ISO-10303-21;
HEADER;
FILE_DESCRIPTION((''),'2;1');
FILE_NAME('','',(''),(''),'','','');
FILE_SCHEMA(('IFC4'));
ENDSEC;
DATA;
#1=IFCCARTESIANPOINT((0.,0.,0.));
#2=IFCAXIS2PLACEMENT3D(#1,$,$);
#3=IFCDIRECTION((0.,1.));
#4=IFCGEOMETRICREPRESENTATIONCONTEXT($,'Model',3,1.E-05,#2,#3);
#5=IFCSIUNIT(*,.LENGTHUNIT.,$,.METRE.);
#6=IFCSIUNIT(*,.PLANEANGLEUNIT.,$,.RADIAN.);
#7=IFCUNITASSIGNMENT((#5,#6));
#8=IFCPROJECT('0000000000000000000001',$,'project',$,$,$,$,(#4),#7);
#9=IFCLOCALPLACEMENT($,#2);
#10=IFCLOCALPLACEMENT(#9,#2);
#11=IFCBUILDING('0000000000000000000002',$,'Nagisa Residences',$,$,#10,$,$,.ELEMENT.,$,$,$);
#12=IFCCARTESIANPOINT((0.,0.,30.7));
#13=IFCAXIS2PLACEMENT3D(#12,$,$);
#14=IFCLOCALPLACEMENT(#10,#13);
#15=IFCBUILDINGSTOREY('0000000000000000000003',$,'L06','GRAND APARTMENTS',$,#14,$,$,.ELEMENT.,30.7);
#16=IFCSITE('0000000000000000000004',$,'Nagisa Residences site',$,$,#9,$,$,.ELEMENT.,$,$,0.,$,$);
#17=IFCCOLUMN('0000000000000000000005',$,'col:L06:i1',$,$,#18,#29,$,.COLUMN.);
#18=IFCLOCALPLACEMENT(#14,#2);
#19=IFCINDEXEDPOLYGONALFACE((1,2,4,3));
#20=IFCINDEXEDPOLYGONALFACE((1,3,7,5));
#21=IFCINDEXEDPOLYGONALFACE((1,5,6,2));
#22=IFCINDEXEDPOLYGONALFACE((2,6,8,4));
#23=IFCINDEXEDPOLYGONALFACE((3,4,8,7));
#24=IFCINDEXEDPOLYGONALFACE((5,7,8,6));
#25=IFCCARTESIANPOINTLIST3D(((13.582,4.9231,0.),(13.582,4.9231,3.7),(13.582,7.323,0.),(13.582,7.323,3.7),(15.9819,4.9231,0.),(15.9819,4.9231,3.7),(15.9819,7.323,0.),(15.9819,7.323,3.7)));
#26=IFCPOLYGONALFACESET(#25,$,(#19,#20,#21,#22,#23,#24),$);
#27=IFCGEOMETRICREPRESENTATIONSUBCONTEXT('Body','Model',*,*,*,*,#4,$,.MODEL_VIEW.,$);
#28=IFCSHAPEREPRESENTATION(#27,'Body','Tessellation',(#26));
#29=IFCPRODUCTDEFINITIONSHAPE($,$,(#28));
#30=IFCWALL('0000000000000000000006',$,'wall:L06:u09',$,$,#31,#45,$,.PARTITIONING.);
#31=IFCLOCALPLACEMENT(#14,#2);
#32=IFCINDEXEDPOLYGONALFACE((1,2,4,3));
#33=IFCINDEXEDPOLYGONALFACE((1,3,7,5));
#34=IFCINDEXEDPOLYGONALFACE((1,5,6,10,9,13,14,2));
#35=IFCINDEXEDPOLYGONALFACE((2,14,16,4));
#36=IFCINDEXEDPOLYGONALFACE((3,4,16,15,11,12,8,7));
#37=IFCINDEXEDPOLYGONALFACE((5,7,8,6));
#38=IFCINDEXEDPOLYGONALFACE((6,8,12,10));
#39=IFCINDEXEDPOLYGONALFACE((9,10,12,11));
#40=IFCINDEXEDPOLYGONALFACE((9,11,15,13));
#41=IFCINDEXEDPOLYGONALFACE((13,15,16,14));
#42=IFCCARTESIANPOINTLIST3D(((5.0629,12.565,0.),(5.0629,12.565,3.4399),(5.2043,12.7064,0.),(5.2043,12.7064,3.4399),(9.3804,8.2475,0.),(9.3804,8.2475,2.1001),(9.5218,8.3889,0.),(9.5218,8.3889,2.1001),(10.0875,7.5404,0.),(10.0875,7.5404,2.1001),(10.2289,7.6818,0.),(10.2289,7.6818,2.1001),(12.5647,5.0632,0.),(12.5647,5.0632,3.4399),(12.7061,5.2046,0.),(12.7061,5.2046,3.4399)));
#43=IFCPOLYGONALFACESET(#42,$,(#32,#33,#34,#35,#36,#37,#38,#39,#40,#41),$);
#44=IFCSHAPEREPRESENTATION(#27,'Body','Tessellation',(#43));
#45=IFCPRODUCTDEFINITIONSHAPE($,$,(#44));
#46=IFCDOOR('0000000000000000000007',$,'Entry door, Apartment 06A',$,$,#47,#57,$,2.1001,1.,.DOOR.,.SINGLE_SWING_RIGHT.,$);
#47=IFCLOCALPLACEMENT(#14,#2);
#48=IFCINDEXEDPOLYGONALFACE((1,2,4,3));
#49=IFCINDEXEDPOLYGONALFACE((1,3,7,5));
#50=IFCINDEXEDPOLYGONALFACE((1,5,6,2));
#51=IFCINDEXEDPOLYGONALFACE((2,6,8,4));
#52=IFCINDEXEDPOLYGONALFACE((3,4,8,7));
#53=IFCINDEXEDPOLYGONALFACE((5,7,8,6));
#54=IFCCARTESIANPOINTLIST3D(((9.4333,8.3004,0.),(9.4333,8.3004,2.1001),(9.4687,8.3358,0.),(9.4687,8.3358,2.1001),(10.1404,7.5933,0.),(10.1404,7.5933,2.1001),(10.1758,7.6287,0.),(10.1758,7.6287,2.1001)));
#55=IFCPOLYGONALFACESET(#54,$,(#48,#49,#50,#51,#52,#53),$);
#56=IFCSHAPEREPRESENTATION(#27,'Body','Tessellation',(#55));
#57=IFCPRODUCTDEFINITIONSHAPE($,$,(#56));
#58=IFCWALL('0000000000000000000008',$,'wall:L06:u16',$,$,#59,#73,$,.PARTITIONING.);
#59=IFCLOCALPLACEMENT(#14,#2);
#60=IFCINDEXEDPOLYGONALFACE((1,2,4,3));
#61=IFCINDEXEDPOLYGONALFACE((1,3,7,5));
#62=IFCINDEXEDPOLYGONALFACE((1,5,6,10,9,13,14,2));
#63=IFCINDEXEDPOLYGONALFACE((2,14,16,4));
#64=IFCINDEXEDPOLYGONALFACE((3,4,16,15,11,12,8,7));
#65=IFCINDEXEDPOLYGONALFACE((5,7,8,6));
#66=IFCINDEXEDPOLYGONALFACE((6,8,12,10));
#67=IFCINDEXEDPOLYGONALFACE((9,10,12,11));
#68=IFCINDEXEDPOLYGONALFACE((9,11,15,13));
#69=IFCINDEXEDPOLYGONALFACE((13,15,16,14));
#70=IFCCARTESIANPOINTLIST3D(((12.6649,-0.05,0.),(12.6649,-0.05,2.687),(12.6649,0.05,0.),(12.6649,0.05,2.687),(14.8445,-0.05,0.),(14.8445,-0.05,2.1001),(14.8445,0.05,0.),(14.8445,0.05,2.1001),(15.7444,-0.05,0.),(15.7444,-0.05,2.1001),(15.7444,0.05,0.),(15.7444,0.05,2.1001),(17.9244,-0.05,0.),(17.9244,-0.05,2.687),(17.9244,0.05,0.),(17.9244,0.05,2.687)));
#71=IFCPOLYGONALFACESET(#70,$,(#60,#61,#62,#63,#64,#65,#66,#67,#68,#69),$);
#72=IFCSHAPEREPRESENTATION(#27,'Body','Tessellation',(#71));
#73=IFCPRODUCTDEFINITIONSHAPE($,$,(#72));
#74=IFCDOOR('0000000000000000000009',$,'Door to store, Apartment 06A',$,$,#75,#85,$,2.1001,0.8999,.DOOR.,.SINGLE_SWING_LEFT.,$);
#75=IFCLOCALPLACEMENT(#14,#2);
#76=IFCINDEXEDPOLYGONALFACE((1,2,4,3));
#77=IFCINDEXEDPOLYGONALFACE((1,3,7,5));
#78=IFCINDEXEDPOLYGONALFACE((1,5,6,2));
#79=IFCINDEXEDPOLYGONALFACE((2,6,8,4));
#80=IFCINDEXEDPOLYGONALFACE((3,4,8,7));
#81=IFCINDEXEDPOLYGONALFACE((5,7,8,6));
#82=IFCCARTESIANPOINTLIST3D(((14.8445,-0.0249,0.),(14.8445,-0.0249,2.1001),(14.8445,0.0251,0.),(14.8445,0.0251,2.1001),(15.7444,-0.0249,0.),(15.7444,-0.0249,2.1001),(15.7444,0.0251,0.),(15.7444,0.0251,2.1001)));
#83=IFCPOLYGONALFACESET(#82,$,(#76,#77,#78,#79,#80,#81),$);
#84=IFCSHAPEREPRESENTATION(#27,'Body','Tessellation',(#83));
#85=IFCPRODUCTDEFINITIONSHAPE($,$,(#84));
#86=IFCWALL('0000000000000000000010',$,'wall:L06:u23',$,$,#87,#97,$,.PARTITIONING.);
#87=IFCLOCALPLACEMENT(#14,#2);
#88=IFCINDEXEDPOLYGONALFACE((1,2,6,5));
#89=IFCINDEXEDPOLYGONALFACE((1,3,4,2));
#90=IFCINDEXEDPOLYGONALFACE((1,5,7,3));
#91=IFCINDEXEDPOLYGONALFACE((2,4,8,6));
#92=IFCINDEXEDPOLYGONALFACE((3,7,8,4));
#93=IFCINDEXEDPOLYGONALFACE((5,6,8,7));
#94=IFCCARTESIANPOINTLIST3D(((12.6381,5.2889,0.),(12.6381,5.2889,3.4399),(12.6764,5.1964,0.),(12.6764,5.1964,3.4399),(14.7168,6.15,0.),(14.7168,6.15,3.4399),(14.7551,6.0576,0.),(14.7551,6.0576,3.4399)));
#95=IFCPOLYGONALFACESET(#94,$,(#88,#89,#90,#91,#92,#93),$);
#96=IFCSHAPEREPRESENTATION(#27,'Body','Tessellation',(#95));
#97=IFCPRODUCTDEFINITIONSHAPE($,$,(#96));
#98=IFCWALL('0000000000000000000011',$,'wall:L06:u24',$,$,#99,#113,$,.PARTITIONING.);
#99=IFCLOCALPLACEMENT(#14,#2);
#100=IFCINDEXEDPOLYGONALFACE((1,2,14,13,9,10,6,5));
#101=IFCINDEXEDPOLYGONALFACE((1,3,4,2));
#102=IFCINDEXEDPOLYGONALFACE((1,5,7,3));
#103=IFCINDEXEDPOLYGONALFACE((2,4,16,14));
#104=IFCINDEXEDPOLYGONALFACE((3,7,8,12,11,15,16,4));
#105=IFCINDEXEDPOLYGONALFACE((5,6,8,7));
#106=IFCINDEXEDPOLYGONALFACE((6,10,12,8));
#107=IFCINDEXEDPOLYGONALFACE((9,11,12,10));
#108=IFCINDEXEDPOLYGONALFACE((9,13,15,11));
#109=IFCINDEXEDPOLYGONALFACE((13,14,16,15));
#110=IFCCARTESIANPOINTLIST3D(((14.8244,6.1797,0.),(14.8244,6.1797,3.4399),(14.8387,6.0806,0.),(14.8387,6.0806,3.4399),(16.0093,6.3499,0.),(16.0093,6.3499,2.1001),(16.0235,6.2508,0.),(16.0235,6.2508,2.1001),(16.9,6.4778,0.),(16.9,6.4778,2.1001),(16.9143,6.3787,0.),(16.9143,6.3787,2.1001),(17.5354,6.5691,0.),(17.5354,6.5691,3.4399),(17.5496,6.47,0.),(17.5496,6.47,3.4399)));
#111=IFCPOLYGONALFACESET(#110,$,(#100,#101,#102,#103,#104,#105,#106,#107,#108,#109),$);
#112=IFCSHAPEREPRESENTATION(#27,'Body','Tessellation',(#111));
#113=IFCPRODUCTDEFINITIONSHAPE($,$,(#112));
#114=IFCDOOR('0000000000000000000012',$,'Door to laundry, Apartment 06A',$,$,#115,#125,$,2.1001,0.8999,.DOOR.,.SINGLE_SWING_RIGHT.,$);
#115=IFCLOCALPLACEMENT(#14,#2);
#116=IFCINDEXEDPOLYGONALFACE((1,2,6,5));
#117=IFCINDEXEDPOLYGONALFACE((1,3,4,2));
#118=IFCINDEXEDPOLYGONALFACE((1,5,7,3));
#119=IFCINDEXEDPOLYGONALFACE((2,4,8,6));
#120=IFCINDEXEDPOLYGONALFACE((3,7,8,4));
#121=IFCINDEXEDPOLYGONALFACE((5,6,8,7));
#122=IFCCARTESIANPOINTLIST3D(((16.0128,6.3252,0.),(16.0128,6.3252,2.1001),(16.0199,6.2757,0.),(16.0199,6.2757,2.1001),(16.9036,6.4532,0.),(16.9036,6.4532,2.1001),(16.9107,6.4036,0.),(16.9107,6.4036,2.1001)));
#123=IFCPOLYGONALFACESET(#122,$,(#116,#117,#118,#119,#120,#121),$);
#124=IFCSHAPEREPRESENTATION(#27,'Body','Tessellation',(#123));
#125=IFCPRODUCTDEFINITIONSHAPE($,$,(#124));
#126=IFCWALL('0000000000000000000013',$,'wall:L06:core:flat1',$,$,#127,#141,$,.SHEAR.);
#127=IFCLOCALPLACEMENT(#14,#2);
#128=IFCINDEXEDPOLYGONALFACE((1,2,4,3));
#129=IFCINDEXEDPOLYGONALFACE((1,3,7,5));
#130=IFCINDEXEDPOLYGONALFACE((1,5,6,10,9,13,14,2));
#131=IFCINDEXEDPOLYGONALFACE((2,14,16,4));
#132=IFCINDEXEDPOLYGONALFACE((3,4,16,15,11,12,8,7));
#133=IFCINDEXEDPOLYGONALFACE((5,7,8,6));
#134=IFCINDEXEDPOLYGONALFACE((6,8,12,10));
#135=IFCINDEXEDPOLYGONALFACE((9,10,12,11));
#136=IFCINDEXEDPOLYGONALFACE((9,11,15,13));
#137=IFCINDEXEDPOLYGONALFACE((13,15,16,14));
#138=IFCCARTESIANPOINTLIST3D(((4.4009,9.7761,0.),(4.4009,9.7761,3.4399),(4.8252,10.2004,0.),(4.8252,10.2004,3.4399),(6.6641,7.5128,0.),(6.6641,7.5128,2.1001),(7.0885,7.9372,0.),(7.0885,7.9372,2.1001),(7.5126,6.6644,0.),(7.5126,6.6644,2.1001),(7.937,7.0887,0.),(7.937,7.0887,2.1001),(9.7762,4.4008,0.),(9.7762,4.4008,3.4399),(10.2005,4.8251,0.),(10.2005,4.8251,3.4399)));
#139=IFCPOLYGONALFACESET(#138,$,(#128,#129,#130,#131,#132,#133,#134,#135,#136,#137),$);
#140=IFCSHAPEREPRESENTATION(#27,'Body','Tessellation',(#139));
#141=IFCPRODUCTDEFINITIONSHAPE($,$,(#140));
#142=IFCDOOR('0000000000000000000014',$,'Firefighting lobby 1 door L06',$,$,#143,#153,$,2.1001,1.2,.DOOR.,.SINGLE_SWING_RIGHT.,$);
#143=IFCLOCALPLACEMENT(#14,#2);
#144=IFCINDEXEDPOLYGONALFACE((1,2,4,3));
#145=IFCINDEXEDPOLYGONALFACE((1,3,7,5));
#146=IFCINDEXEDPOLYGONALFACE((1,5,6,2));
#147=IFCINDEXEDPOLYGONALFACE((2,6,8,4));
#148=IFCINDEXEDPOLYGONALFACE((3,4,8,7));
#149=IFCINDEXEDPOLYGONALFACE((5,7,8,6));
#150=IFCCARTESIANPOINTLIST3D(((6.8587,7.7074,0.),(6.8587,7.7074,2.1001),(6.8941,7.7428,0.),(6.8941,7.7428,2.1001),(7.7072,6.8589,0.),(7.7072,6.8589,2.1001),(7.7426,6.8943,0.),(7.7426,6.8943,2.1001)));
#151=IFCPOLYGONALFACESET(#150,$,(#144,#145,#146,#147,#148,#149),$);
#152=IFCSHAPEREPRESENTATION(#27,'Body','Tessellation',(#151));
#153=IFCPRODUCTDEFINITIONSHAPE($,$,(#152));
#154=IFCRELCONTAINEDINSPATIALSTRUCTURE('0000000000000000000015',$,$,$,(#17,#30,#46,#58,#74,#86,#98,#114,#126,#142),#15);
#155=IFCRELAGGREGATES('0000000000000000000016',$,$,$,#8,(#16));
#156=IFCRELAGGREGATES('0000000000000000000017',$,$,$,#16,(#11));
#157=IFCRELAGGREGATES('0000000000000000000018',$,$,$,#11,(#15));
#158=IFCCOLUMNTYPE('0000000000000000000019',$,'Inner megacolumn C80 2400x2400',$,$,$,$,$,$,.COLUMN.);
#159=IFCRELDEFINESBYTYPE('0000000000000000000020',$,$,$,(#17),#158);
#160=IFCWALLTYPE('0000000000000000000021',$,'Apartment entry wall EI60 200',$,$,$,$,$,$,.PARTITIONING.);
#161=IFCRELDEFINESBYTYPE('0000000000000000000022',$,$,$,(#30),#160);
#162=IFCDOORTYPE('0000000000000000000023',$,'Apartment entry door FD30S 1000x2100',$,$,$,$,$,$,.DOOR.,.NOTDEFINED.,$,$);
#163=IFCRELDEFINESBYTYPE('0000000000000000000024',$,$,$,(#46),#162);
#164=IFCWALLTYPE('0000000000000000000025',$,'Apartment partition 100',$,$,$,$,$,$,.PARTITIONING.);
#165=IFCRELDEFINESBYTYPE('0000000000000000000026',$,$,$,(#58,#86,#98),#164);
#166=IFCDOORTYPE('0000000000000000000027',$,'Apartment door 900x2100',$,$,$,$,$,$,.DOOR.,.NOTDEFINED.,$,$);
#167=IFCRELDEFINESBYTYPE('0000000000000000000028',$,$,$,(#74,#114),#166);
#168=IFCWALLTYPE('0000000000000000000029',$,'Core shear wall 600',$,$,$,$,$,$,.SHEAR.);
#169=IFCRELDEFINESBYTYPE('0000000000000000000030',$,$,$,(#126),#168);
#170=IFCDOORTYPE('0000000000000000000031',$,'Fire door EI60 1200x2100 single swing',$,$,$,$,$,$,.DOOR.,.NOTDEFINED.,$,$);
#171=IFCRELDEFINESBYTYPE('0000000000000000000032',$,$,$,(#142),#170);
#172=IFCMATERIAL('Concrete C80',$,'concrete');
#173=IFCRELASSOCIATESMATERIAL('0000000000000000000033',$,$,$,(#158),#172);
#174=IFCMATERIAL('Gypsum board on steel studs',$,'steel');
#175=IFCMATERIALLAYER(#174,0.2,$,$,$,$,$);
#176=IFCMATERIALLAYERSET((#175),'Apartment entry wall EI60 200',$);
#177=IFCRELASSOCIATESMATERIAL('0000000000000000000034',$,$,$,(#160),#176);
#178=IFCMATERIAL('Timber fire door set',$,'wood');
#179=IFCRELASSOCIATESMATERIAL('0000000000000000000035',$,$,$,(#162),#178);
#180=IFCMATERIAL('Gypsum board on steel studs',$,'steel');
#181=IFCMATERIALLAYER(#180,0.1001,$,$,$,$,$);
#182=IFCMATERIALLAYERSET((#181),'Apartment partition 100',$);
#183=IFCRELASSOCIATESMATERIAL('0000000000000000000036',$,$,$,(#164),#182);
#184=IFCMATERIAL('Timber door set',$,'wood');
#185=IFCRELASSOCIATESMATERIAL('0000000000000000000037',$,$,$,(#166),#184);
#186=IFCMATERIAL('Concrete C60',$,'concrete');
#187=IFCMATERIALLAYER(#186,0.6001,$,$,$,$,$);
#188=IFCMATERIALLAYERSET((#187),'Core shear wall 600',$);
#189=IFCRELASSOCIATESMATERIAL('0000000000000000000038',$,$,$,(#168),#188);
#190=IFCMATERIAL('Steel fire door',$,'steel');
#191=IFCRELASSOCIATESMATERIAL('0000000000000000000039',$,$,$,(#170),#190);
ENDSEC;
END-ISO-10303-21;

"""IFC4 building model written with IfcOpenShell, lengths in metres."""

from ifc_helpers import new_model, si_unit, direction, frame, frame_2d, origin, origin_2d, place, context, subcontext, project, spatial, rectangle, extrude, material, layer, layer_set, material_profile, profile_set, type_object, element, fill, save


model = new_model("IFC4")

# Units and contexts
model_context = context("Model", 3, precision=1e-05, world=origin(), true_north=direction((0.0, 1.0)))
body_context = subcontext(model_context, "Body", "Model", "MODEL_VIEW")
ifc_project = project(units=[si_unit("LENGTHUNIT", "METRE"), si_unit("PLANEANGLEUNIT", "RADIAN")], contexts=[model_context])

# Site, building, storey
site_placement = place(None, origin())
site = spatial("IfcSite", under=ifc_project, at=site_placement, Name="Nagisa Residences site", CompositionType="ELEMENT", RefElevation=0.0)
building_placement = place(site_placement, origin())
building = spatial("IfcBuilding", under=site, at=building_placement, Name="Nagisa Residences", CompositionType="ELEMENT")
storey_placement = place(building_placement, frame((0.0, 0.0, 30.7)))
storey = spatial("IfcBuildingStorey", under=building, at=storey_placement, Name="L06", Description="GRAND APARTMENTS", CompositionType="ELEMENT", Elevation=30.7)

# Column
ifc_material_1 = material(Name="Concrete C80", Category="concrete")
ifc_material_profile = material_profile(ifc_material_1, rectangle(XDim=2.3999, YDim=2.3999, at=origin_2d()), Name="C80 2400x2400")
ifc_profile_set = profile_set([ifc_material_profile], Name="Concrete C80")
column_type = type_object("IfcColumnType", Name="Inner megacolumn C80 2400x2400", PredefinedType="COLUMN", material=ifc_profile_set)
column_placement = place(storey_placement, frame((14.782, 6.123, 0.0), z_axis=(0.0, 0.0, 1.0), x_axis=(1.0, 0.0, 0.0)))
element("IfcColumn", 1, at=column_placement, inside=storey, type_object=column_type, Name="col:L06:i1", PredefinedType="COLUMN", context=body_context, shape_type="SweptSolid", body=[
    extrude(rectangle(XDim=2.3999, YDim=2.3999, at=origin_2d()), origin(), (0.0, 0.0, 1.0), 3.7),
])

# Walls, openings, doors
ifc_material_2 = material(Name="Gypsum board on steel studs", Category="steel")
ifc_layer_1 = layer(ifc_material_2, 0.2)
ifc_layer_set_1 = layer_set([ifc_layer_1], Name="Apartment entry wall EI60 200")
wall_type_1 = type_object("IfcWallType", Name="Apartment entry wall EI60 200", PredefinedType="PARTITIONING", material=ifc_layer_set_1)
wall_1_placement = place(storey_placement, frame((12.6355, 5.1338, 0.0), z_axis=(0.0, 0.0, 1.0), x_axis=(-0.707107, 0.707107, 0.0)))
wall_1 = element("IfcWall", 2, at=wall_1_placement, inside=storey, type_object=wall_type_1, Name="wall:L06:u09", PredefinedType="PARTITIONING", context=body_context, shape_type="SweptSolid", body=[
    extrude(rectangle(XDim=10.6091, YDim=0.2, at=frame_2d((5.3047, 0.0))), origin(), (0.0, 0.0, 1.0), 3.4399),
])
opening_1_placement = place(wall_1_placement, frame((3.5034, 0.0, 0.0)))
opening_1 = element("IfcOpeningElement", 3, at=opening_1_placement, cuts=wall_1, PredefinedType="OPENING", context=body_context, shape_type="SweptSolid", body=[
    extrude(rectangle(XDim=1.0, YDim=2.1001, at=frame_2d((0.5, 1.05))), frame((0.0, 0.1099, 0.0), z_axis=(0.0, -1.0, 0.0), x_axis=(1.0, 0.0, 0.0)), (0.0, 0.0, 1.0), 0.22),
])
ifc_material_3 = material(Name="Timber fire door set", Category="wood")
door_type_1 = type_object("IfcDoorType", Name="Apartment entry door FD30S 1000x2100", OperationType="NOTDEFINED", PredefinedType="DOOR", material=ifc_material_3)
door_1_placement = place(opening_1_placement, frame((1.0, 0.0, 0.0), x_axis=(-1.0, 0.0, 0.0)))
door_1 = element("IfcDoor", 4, at=door_1_placement, inside=storey, type_object=door_type_1, Name="Entry door, Apartment 06A", OperationType="SINGLE_SWING_RIGHT", OverallHeight=2.1001, OverallWidth=1.0, PredefinedType="DOOR", context=body_context, shape_type="SweptSolid", body=[
    extrude(rectangle(XDim=1.0, YDim=2.1001, at=frame_2d((0.5, 1.05))), frame((0.0, 0.0249, 0.0), z_axis=(0.0, -1.0, 0.0), x_axis=(1.0, 0.0, 0.0)), (0.0, 0.0, 1.0), 0.05),
])
fill(opening_1, door_1)
ifc_material_4 = material(Name="Gypsum board on steel studs", Category="steel")
ifc_layer_2 = layer(ifc_material_4, 0.1001)
ifc_layer_set_2 = layer_set([ifc_layer_2], Name="Apartment partition 100")
wall_type_2 = type_object("IfcWallType", Name="Apartment partition 100", PredefinedType="PARTITIONING", material=ifc_layer_set_2)
wall_2_placement = place(storey_placement, frame((12.6648, 0.0, 0.0), z_axis=(0.0, 0.0, 1.0), x_axis=(1.0, 0.0, 0.0)))
wall_2 = element("IfcWall", 5, at=wall_2_placement, inside=storey, type_object=wall_type_2, Name="wall:L06:u16", PredefinedType="PARTITIONING", context=body_context, shape_type="SweptSolid", body=[
    extrude(rectangle(XDim=5.2595, YDim=0.1001, at=frame_2d((2.6299, 0.0))), origin(), (0.0, 0.0, 1.0), 2.687),
])
opening_2_placement = place(wall_2_placement, frame((2.1797, 0.0, 0.0)))
opening_2 = element("IfcOpeningElement", 6, at=opening_2_placement, cuts=wall_2, PredefinedType="OPENING", context=body_context, shape_type="SweptSolid", body=[
    extrude(rectangle(XDim=0.8999, YDim=2.1001, at=frame_2d((0.45, 1.05))), frame((0.0, 0.0601, 0.0), z_axis=(0.0, -1.0, 0.0), x_axis=(1.0, 0.0, 0.0)), (0.0, 0.0, 1.0), 0.1201),
])
ifc_material_5 = material(Name="Timber door set", Category="wood")
door_type_2 = type_object("IfcDoorType", Name="Apartment door 900x2100", OperationType="NOTDEFINED", PredefinedType="DOOR", material=ifc_material_5)
door_2_placement = place(opening_2_placement, frame((0.8999, 0.0, 0.0), x_axis=(-1.0, 0.0, 0.0)))
door_2 = element("IfcDoor", 7, at=door_2_placement, inside=storey, type_object=door_type_2, Name="Door to store, Apartment 06A", OperationType="SINGLE_SWING_LEFT", OverallHeight=2.1001, OverallWidth=0.8999, PredefinedType="DOOR", context=body_context, shape_type="SweptSolid", body=[
    extrude(rectangle(XDim=0.8999, YDim=2.1001, at=frame_2d((0.45, 1.05))), frame((0.0, 0.0249, 0.0), z_axis=(0.0, -1.0, 0.0), x_axis=(1.0, 0.0, 0.0)), (0.0, 0.0, 1.0), 0.05),
])
fill(opening_2, door_2)

# Wall
wall_3_placement = place(storey_placement, frame((12.6572, 5.2427, 0.0), z_axis=(0.0, 0.0, 1.0), x_axis=(0.923865, 0.382719, 0.0)))
element("IfcWall", 8, at=wall_3_placement, inside=storey, type_object=wall_type_2, Name="wall:L06:u23", PredefinedType="PARTITIONING", context=body_context, shape_type="SweptSolid", body=[
    extrude(rectangle(XDim=2.25, YDim=0.1001, at=frame_2d((1.125, 0.0))), origin(), (0.0, 0.0, 1.0), 3.4399),
])

# Walls, openings, doors
wall_4_placement = place(storey_placement, frame((14.8315, 6.1301, 0.0), z_axis=(0.0, 0.0, 1.0), x_axis=(0.98984, 0.142183, 0.0)))
wall_4 = element("IfcWall", 9, at=wall_4_placement, inside=storey, type_object=wall_type_2, Name="wall:L06:u24", PredefinedType="PARTITIONING", context=body_context, shape_type="SweptSolid", body=[
    extrude(rectangle(XDim=2.7388, YDim=0.1001, at=frame_2d((1.3694, 0.0))), origin(), (0.0, 0.0, 1.0), 3.4399),
])
opening_3_placement = place(wall_4_placement, frame((1.197, 0.0, 0.0)))
opening_3 = element("IfcOpeningElement", 10, at=opening_3_placement, cuts=wall_4, PredefinedType="OPENING", context=body_context, shape_type="SweptSolid", body=[
    extrude(rectangle(XDim=0.8999, YDim=2.1001, at=frame_2d((0.45, 1.05))), frame((0.0, 0.0601, 0.0), z_axis=(0.0, -1.0, 0.0), x_axis=(1.0, 0.0, 0.0)), (0.0, 0.0, 1.0), 0.1201),
])
door_3_placement = place(opening_3_placement, frame((0.8999, 0.0, 0.0), x_axis=(-1.0, 0.0, 0.0)))
door_3 = element("IfcDoor", 11, at=door_3_placement, inside=storey, type_object=door_type_2, Name="Door to laundry, Apartment 06A", OperationType="SINGLE_SWING_RIGHT", OverallHeight=2.1001, OverallWidth=0.8999, PredefinedType="DOOR", context=body_context, shape_type="SweptSolid", body=[
    extrude(rectangle(XDim=0.8999, YDim=2.1001, at=frame_2d((0.45, 1.05))), frame((0.0, 0.0249, 0.0), z_axis=(0.0, -1.0, 0.0), x_axis=(1.0, 0.0, 0.0)), (0.0, 0.0, 1.0), 0.05),
])
fill(opening_3, door_3)
ifc_material_6 = material(Name="Concrete C60", Category="concrete")
ifc_layer_3 = layer(ifc_material_6, 0.6001)
ifc_layer_set_3 = layer_set([ifc_layer_3], Name="Core shear wall 600")
wall_type_3 = type_object("IfcWallType", Name="Core shear wall 600", PredefinedType="SHEAR", material=ifc_layer_set_3)
wall_5_placement = place(storey_placement, frame((9.9883, 4.613, 0.0), z_axis=(0.0, 0.0, 1.0), x_axis=(-0.707107, 0.707107, 0.0)))
wall_5 = element("IfcWall", 12, at=wall_5_placement, inside=storey, type_object=wall_type_3, Name="wall:L06:core:flat1", PredefinedType="SHEAR", context=body_context, shape_type="SweptSolid", body=[
    extrude(rectangle(XDim=7.6018, YDim=0.6001, at=frame_2d((3.8008, 0.0))), origin(), (0.0, 0.0, 1.0), 3.4399),
])
opening_4_placement = place(wall_5_placement, frame((3.2009, 0.0, 0.0)))
opening_4 = element("IfcOpeningElement", 13, at=opening_4_placement, cuts=wall_5, PredefinedType="OPENING", context=body_context, shape_type="SweptSolid", body=[
    extrude(rectangle(XDim=1.2, YDim=2.1001, at=frame_2d((0.6001, 1.05))), frame((0.0, 0.3101, 0.0), z_axis=(0.0, -1.0, 0.0), x_axis=(1.0, 0.0, 0.0)), (0.0, 0.0, 1.0), 0.6201),
])
ifc_material_7 = material(Name="Steel fire door", Category="steel")
door_type_3 = type_object("IfcDoorType", Name="Fire door EI60 1200x2100 single swing", OperationType="NOTDEFINED", PredefinedType="DOOR", material=ifc_material_7)
door_4_placement = place(opening_4_placement, origin())
door_4 = element("IfcDoor", 14, at=door_4_placement, inside=storey, type_object=door_type_3, Name="Firefighting lobby 1 door L06", OperationType="SINGLE_SWING_RIGHT", OverallHeight=2.1001, OverallWidth=1.2, PredefinedType="DOOR", context=body_context, shape_type="SweptSolid", body=[
    extrude(rectangle(XDim=1.2, YDim=2.1001, at=frame_2d((0.6001, 1.05))), frame((0.0, 0.0249, 0.0), z_axis=(0.0, -1.0, 0.0), x_axis=(1.0, 0.0, 0.0)), (0.0, 0.0, 1.0), 0.05),
])
fill(opening_4, door_4)

save(model, "model.ifc")
